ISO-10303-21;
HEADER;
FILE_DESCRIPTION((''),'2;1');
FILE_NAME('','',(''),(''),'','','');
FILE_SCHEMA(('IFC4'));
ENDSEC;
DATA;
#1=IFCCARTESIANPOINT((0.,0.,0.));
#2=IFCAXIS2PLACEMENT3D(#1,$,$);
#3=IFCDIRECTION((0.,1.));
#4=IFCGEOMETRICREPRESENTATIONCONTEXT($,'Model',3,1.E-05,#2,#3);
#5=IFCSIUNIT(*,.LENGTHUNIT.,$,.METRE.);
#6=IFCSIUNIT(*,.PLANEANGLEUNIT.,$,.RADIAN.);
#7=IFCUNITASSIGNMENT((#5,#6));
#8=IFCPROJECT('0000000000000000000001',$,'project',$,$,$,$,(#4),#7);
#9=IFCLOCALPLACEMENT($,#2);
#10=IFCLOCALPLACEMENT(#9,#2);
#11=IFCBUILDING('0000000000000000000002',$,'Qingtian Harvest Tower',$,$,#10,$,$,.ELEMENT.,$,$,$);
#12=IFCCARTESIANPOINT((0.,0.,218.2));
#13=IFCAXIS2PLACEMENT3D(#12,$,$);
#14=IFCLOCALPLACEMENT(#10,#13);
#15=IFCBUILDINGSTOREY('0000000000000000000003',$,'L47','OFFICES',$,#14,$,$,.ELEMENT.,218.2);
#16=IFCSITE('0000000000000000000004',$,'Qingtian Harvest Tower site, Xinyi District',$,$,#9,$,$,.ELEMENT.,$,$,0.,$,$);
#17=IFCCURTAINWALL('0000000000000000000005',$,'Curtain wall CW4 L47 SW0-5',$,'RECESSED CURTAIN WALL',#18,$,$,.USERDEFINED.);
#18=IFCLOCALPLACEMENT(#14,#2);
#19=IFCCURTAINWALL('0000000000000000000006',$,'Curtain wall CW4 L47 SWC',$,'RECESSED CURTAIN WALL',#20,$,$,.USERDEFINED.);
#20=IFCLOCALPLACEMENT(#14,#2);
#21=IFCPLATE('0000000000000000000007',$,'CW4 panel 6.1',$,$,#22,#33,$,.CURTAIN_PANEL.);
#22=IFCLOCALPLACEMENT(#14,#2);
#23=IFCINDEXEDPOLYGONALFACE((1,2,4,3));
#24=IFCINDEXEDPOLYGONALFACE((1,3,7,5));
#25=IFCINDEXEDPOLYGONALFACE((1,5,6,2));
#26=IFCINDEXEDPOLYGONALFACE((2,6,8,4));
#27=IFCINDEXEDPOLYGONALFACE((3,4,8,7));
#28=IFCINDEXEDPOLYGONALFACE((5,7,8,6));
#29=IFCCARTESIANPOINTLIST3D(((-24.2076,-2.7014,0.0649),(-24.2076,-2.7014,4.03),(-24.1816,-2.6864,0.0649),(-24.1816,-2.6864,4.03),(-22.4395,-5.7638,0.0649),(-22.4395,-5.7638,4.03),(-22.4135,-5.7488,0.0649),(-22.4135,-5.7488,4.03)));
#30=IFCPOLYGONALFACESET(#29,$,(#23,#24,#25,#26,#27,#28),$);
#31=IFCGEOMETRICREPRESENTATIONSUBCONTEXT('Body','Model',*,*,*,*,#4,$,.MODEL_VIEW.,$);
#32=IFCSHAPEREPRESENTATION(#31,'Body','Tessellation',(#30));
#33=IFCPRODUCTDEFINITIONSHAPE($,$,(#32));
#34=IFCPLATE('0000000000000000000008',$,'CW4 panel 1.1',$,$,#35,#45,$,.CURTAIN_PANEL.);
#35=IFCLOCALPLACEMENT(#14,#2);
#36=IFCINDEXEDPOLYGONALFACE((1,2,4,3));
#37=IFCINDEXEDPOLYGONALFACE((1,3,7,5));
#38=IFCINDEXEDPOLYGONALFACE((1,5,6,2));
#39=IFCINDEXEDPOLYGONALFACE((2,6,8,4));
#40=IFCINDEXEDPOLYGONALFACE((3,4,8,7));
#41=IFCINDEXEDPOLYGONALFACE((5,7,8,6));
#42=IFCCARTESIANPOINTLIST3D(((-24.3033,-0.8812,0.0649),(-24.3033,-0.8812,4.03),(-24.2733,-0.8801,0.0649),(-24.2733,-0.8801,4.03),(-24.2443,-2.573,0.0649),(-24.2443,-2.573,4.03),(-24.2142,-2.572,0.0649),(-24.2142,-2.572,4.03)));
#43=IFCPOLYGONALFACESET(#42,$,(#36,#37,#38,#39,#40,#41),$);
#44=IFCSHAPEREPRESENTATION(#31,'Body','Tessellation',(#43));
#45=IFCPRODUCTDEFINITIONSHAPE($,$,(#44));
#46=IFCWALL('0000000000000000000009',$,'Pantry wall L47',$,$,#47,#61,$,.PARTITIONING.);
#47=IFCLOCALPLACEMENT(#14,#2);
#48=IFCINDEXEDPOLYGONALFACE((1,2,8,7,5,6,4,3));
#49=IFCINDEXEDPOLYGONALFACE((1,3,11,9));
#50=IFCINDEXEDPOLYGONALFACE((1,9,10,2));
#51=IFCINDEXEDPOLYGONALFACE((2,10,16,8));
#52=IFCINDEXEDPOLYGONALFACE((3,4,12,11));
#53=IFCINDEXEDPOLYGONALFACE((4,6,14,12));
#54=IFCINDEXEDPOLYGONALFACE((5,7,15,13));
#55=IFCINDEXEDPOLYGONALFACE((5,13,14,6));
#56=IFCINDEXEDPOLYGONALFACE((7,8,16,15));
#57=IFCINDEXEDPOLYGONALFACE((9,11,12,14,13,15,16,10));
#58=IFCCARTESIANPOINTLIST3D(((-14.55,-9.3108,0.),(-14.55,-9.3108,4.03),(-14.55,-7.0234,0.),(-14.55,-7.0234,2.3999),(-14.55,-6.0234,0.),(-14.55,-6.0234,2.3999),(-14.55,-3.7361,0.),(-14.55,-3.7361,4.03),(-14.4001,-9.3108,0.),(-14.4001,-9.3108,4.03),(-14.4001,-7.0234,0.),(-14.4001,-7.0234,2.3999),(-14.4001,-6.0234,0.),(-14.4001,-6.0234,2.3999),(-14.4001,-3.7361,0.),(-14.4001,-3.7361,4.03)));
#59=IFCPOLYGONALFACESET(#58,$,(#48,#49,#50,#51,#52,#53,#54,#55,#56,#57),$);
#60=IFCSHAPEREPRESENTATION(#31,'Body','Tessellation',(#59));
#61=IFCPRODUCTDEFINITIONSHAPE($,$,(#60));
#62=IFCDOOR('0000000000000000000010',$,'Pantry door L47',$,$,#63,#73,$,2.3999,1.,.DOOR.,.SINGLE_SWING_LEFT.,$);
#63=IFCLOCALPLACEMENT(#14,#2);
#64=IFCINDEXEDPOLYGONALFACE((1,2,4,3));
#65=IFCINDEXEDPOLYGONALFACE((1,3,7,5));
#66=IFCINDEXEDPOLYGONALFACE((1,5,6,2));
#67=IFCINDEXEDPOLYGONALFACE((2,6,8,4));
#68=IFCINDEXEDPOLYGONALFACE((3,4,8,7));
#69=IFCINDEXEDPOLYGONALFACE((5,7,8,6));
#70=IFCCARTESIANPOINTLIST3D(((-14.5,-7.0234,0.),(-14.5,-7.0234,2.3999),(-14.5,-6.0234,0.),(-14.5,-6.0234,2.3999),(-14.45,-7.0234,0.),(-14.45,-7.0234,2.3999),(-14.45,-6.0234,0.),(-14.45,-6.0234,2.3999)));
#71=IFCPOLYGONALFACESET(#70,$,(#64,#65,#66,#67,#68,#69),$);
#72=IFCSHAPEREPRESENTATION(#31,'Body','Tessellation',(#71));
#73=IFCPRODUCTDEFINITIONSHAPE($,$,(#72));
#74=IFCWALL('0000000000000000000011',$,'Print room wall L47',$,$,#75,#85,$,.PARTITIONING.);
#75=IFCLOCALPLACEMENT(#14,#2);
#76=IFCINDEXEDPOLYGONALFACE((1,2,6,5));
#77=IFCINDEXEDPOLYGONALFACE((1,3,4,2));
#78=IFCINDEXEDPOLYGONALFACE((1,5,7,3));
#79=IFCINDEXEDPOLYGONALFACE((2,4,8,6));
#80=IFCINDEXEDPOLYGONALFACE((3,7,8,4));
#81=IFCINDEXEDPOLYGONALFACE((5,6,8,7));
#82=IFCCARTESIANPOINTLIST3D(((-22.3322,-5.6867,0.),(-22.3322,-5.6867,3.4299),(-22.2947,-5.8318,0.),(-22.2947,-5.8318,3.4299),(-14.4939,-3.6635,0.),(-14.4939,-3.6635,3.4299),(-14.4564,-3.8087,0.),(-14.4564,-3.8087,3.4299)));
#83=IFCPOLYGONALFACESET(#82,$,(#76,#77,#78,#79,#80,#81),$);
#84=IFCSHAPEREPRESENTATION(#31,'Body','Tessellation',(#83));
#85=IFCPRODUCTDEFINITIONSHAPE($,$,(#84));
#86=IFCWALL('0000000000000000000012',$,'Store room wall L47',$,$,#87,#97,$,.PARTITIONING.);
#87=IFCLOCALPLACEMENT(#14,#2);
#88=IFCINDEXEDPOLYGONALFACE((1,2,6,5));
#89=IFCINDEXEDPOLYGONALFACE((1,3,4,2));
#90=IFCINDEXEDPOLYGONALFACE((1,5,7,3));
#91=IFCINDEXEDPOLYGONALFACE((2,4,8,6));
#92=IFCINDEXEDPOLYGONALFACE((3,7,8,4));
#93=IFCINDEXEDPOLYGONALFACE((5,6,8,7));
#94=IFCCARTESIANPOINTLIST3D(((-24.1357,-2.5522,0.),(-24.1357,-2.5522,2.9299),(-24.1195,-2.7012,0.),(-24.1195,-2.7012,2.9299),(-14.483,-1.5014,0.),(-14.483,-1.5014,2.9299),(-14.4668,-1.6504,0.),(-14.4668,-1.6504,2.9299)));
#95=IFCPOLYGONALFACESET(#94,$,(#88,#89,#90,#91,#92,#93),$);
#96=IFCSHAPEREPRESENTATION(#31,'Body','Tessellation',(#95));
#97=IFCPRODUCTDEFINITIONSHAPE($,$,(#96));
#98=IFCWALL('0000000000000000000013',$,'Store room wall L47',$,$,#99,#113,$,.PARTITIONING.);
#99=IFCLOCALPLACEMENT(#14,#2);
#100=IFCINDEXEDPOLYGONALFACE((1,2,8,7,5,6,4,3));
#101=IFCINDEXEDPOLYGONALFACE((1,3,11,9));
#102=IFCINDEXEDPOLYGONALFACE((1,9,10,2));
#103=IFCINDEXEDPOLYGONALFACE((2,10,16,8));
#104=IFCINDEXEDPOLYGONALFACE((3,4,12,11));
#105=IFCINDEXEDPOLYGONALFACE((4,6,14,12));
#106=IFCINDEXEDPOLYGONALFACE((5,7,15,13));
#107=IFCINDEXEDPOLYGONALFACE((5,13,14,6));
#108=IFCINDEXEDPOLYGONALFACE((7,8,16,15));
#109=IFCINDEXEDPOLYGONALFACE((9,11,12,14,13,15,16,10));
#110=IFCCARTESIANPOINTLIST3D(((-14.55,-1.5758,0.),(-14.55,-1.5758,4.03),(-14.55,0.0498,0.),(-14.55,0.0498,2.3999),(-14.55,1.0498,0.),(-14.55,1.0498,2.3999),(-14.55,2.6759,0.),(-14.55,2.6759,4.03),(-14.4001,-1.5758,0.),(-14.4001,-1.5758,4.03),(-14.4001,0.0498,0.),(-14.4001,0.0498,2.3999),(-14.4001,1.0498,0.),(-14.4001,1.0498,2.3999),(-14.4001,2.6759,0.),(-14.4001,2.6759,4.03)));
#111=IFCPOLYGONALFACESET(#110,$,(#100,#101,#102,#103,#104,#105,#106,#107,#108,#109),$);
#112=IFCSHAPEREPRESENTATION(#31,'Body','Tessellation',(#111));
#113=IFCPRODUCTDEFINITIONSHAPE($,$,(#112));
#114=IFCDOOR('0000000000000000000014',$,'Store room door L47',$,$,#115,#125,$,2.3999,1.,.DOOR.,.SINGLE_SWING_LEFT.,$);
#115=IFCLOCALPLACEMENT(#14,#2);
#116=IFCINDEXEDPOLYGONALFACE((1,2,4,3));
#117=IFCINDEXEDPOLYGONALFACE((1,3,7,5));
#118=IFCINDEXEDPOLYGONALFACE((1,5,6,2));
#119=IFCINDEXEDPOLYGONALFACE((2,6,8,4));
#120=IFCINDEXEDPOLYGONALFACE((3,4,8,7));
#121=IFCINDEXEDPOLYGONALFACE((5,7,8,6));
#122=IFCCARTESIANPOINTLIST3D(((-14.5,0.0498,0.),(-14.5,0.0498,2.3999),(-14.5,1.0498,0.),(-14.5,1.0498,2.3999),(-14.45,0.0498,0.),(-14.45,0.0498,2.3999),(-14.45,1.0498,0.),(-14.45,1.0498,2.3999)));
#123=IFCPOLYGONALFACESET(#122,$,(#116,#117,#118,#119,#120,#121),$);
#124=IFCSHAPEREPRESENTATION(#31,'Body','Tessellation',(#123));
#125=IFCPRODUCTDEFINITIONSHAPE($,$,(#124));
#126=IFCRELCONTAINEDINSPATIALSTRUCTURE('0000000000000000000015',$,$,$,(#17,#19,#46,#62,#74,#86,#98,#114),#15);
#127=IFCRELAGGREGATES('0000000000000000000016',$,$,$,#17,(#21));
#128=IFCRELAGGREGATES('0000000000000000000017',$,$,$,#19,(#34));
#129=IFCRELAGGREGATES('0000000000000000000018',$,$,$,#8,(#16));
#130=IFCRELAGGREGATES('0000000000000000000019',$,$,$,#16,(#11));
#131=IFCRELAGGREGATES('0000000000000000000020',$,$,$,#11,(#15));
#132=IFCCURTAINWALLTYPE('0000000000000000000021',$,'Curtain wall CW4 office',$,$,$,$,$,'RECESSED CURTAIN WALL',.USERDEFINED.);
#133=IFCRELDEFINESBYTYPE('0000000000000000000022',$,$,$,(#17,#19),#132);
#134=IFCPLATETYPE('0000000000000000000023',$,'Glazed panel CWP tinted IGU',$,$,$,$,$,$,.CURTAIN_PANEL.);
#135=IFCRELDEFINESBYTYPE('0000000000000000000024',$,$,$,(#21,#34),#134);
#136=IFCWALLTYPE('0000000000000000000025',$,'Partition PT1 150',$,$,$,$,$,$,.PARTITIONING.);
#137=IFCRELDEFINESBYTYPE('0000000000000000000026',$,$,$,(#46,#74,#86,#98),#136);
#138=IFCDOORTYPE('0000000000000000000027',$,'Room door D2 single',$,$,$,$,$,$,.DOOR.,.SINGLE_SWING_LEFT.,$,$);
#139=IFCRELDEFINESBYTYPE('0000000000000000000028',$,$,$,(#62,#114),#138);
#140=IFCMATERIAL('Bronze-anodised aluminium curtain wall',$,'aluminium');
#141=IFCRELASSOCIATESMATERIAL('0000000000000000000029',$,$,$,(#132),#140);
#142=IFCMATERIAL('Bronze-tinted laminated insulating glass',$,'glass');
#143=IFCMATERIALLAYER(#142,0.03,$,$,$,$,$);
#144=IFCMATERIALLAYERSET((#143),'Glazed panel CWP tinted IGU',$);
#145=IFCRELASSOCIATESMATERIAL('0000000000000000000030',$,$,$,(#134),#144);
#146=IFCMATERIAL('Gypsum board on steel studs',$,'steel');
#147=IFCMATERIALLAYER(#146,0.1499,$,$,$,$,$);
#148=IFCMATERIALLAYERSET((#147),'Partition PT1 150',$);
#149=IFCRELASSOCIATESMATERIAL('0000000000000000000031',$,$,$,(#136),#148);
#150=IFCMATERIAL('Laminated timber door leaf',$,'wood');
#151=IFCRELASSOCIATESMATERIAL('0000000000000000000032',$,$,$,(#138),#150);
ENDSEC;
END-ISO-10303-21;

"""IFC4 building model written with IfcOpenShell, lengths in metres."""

from ifc_helpers import new_model, si_unit, direction, frame, frame_2d, origin, origin_2d, place, context, subcontext, project, spatial, rectangle, extrude, material, layer, layer_set, type_object, element, fill, aggregate, save


model = new_model("IFC4")

# Units and contexts
model_context = context("Model", 3, precision=1e-05, world=origin(), true_north=direction((0.0, 1.0)))
body_context = subcontext(model_context, "Body", "Model", "MODEL_VIEW")
ifc_project = project(units=[si_unit("LENGTHUNIT", "METRE"), si_unit("PLANEANGLEUNIT", "RADIAN")], contexts=[model_context])

# Site, building, storey
site_placement = place(None, origin())
site = spatial("IfcSite", under=ifc_project, at=site_placement, Name="Qingtian Harvest Tower site, Xinyi District", CompositionType="ELEMENT", RefElevation=0.0)
building_placement = place(site_placement, origin())
building = spatial("IfcBuilding", under=site, at=building_placement, Name="Qingtian Harvest Tower", CompositionType="ELEMENT")
storey_placement = place(building_placement, frame((0.0, 0.0, 218.2)))
storey = spatial("IfcBuildingStorey", under=building, at=storey_placement, Name="L47", Description="OFFICES", CompositionType="ELEMENT", Elevation=218.2)

# Curtain walls
ifc_material_1 = material(Name="Bronze-anodised aluminium curtain wall", Category="aluminium")
curtain_wall_type = type_object("IfcCurtainWallType", Name="Curtain wall CW4 office", ElementType="RECESSED CURTAIN WALL", PredefinedType="USERDEFINED", material=ifc_material_1)
curtain_wall_1_placement = place(storey_placement, origin())
curtain_wall_1 = element("IfcCurtainWall", 1, at=curtain_wall_1_placement, inside=storey, type_object=curtain_wall_type, Name="Curtain wall CW4 L47 SW0-5", ObjectType="RECESSED CURTAIN WALL", PredefinedType="USERDEFINED")
curtain_wall_2_placement = place(storey_placement, origin())
curtain_wall_2 = element("IfcCurtainWall", 2, at=curtain_wall_2_placement, inside=storey, type_object=curtain_wall_type, Name="Curtain wall CW4 L47 SWC", ObjectType="RECESSED CURTAIN WALL", PredefinedType="USERDEFINED")

# Plates
ifc_material_2 = material(Name="Bronze-tinted laminated insulating glass", Category="glass")
ifc_layer_1 = layer(ifc_material_2, 0.03)
ifc_layer_set_1 = layer_set([ifc_layer_1], Name="Glazed panel CWP tinted IGU")
plate_type = type_object("IfcPlateType", Name="Glazed panel CWP tinted IGU", PredefinedType="CURTAIN_PANEL", material=ifc_layer_set_1)
plate_1_placement = place(storey_placement, frame((-23.3105, -4.2251, 0.0649), z_axis=(0.0, 0.0, 1.0), x_axis=(-0.5, 0.866025, 0.0)))
plate_1 = element("IfcPlate", 3, at=plate_1_placement, type_object=plate_type, Name="CW4 panel 6.1", PredefinedType="CURTAIN_PANEL", context=body_context, shape_type="SweptSolid", body=[
    extrude(rectangle(XDim=3.5361, YDim=0.03, at=origin_2d()), origin(), (0.0, 0.0, 1.0), 3.9651),
])
aggregate(curtain_wall_1, [plate_1])
plate_2_placement = place(storey_placement, frame((-24.2588, -1.7266, 0.0649), z_axis=(0.0, 0.0, 1.0), x_axis=(-0.034899, 0.999391, 0.0)))
plate_2 = element("IfcPlate", 4, at=plate_2_placement, type_object=plate_type, Name="CW4 panel 1.1", PredefinedType="CURTAIN_PANEL", context=body_context, shape_type="SweptSolid", body=[
    extrude(rectangle(XDim=1.6929, YDim=0.03, at=origin_2d()), origin(), (0.0, 0.0, 1.0), 3.9651),
])
aggregate(curtain_wall_2, [plate_2])

# Wall, opening, door
ifc_material_3 = material(Name="Gypsum board on steel studs", Category="steel")
ifc_layer_2 = layer(ifc_material_3, 0.1499)
ifc_layer_set_2 = layer_set([ifc_layer_2], Name="Partition PT1 150")
wall_type = type_object("IfcWallType", Name="Partition PT1 150", PredefinedType="PARTITIONING", material=ifc_layer_set_2)
wall_1_placement = place(storey_placement, frame((-14.4751, -9.3108, 0.0), z_axis=(0.0, 0.0, 1.0), x_axis=(0.0, 1.0, 0.0)))
wall_1 = element("IfcWall", 5, at=wall_1_placement, inside=storey, type_object=wall_type, Name="Pantry wall L47", PredefinedType="PARTITIONING", context=body_context, shape_type="SweptSolid", body=[
    extrude(rectangle(XDim=5.5747, YDim=0.1499, at=frame_2d((2.7874, 0.0))), origin(), (0.0, 0.0, 1.0), 4.03),
])
opening_1_placement = place(wall_1_placement, frame((2.2874, 0.0, 0.0)))
opening_1 = element("IfcOpeningElement", 6, at=opening_1_placement, cuts=wall_1, PredefinedType="OPENING", context=body_context, shape_type="SweptSolid", body=[
    extrude(rectangle(XDim=1.0, YDim=2.3999, at=frame_2d((0.5, 1.2))), frame((0.0, 0.085, 0.0), z_axis=(0.0, -1.0, 0.0), x_axis=(1.0, 0.0, 0.0)), (0.0, 0.0, 1.0), 0.1699),
])
ifc_material_4 = material(Name="Laminated timber door leaf", Category="wood")
door_type = type_object("IfcDoorType", Name="Room door D2 single", OperationType="SINGLE_SWING_LEFT", PredefinedType="DOOR", material=ifc_material_4)
door_1_placement = place(opening_1_placement, origin())
door_1 = element("IfcDoor", 7, at=door_1_placement, inside=storey, type_object=door_type, Name="Pantry door L47", OperationType="SINGLE_SWING_LEFT", OverallHeight=2.3999, OverallWidth=1.0, PredefinedType="DOOR", context=body_context, shape_type="SweptSolid", body=[
    extrude(rectangle(XDim=1.0, YDim=2.3999, at=frame_2d((0.5, 1.2))), frame((0.0, 0.0249, 0.0), z_axis=(0.0, -1.0, 0.0), x_axis=(1.0, 0.0, 0.0)), (0.0, 0.0, 1.0), 0.05),
])
fill(opening_1, door_1)

# Wall
wall_2_placement = place(storey_placement, frame((-22.3135, -5.7593, 0.0), z_axis=(0.0, 0.0, 1.0), x_axis=(0.968266, 0.249923, 0.0)))
element("IfcWall", 8, at=wall_2_placement, inside=storey, type_object=wall_type, Name="Print room wall L47", PredefinedType="PARTITIONING", context=body_context, shape_type="SweptSolid", body=[
    extrude(rectangle(XDim=8.0952, YDim=0.1499, at=frame_2d((4.0476, 0.0))), origin(), (0.0, 0.0, 1.0), 3.4299),
])

# Wall
wall_3_placement = place(storey_placement, frame((-24.1277, -2.6267, 0.0), z_axis=(0.0, 0.0, 1.0), x_axis=(0.994127, 0.108221, 0.0)))
element("IfcWall", 9, at=wall_3_placement, inside=storey, type_object=wall_type, Name="Store room wall L47", PredefinedType="PARTITIONING", context=body_context, shape_type="SweptSolid", body=[
    extrude(rectangle(XDim=9.7097, YDim=0.1499, at=frame_2d((4.855, 0.0))), origin(), (0.0, 0.0, 1.0), 2.9299),
])

# Wall, opening, door
wall_4_placement = place(storey_placement, frame((-14.4751, -1.5759, 0.0), z_axis=(0.0, 0.0, 1.0), x_axis=(0.0, 1.0, 0.0)))
wall_4 = element("IfcWall", 10, at=wall_4_placement, inside=storey, type_object=wall_type, Name="Store room wall L47", PredefinedType="PARTITIONING", context=body_context, shape_type="SweptSolid", body=[
    extrude(rectangle(XDim=4.2517, YDim=0.1499, at=frame_2d((2.126, 0.0))), origin(), (0.0, 0.0, 1.0), 4.03),
])
opening_2_placement = place(wall_4_placement, frame((1.6257, 0.0, 0.0)))
opening_2 = element("IfcOpeningElement", 11, at=opening_2_placement, cuts=wall_4, PredefinedType="OPENING", context=body_context, shape_type="SweptSolid", body=[
    extrude(rectangle(XDim=1.0, YDim=2.3999, at=frame_2d((0.5, 1.2))), frame((0.0, 0.085, 0.0), z_axis=(0.0, -1.0, 0.0), x_axis=(1.0, 0.0, 0.0)), (0.0, 0.0, 1.0), 0.1699),
])
door_2_placement = place(opening_2_placement, origin())
door_2 = element("IfcDoor", 12, at=door_2_placement, inside=storey, type_object=door_type, Name="Store room door L47", OperationType="SINGLE_SWING_LEFT", OverallHeight=2.3999, OverallWidth=1.0, PredefinedType="DOOR", context=body_context, shape_type="SweptSolid", body=[
    extrude(rectangle(XDim=1.0, YDim=2.3999, at=frame_2d((0.5, 1.2))), frame((0.0, 0.0249, 0.0), z_axis=(0.0, -1.0, 0.0), x_axis=(1.0, 0.0, 0.0)), (0.0, 0.0, 1.0), 0.05),
])
fill(opening_2, door_2)

save(model, "model.ifc")
